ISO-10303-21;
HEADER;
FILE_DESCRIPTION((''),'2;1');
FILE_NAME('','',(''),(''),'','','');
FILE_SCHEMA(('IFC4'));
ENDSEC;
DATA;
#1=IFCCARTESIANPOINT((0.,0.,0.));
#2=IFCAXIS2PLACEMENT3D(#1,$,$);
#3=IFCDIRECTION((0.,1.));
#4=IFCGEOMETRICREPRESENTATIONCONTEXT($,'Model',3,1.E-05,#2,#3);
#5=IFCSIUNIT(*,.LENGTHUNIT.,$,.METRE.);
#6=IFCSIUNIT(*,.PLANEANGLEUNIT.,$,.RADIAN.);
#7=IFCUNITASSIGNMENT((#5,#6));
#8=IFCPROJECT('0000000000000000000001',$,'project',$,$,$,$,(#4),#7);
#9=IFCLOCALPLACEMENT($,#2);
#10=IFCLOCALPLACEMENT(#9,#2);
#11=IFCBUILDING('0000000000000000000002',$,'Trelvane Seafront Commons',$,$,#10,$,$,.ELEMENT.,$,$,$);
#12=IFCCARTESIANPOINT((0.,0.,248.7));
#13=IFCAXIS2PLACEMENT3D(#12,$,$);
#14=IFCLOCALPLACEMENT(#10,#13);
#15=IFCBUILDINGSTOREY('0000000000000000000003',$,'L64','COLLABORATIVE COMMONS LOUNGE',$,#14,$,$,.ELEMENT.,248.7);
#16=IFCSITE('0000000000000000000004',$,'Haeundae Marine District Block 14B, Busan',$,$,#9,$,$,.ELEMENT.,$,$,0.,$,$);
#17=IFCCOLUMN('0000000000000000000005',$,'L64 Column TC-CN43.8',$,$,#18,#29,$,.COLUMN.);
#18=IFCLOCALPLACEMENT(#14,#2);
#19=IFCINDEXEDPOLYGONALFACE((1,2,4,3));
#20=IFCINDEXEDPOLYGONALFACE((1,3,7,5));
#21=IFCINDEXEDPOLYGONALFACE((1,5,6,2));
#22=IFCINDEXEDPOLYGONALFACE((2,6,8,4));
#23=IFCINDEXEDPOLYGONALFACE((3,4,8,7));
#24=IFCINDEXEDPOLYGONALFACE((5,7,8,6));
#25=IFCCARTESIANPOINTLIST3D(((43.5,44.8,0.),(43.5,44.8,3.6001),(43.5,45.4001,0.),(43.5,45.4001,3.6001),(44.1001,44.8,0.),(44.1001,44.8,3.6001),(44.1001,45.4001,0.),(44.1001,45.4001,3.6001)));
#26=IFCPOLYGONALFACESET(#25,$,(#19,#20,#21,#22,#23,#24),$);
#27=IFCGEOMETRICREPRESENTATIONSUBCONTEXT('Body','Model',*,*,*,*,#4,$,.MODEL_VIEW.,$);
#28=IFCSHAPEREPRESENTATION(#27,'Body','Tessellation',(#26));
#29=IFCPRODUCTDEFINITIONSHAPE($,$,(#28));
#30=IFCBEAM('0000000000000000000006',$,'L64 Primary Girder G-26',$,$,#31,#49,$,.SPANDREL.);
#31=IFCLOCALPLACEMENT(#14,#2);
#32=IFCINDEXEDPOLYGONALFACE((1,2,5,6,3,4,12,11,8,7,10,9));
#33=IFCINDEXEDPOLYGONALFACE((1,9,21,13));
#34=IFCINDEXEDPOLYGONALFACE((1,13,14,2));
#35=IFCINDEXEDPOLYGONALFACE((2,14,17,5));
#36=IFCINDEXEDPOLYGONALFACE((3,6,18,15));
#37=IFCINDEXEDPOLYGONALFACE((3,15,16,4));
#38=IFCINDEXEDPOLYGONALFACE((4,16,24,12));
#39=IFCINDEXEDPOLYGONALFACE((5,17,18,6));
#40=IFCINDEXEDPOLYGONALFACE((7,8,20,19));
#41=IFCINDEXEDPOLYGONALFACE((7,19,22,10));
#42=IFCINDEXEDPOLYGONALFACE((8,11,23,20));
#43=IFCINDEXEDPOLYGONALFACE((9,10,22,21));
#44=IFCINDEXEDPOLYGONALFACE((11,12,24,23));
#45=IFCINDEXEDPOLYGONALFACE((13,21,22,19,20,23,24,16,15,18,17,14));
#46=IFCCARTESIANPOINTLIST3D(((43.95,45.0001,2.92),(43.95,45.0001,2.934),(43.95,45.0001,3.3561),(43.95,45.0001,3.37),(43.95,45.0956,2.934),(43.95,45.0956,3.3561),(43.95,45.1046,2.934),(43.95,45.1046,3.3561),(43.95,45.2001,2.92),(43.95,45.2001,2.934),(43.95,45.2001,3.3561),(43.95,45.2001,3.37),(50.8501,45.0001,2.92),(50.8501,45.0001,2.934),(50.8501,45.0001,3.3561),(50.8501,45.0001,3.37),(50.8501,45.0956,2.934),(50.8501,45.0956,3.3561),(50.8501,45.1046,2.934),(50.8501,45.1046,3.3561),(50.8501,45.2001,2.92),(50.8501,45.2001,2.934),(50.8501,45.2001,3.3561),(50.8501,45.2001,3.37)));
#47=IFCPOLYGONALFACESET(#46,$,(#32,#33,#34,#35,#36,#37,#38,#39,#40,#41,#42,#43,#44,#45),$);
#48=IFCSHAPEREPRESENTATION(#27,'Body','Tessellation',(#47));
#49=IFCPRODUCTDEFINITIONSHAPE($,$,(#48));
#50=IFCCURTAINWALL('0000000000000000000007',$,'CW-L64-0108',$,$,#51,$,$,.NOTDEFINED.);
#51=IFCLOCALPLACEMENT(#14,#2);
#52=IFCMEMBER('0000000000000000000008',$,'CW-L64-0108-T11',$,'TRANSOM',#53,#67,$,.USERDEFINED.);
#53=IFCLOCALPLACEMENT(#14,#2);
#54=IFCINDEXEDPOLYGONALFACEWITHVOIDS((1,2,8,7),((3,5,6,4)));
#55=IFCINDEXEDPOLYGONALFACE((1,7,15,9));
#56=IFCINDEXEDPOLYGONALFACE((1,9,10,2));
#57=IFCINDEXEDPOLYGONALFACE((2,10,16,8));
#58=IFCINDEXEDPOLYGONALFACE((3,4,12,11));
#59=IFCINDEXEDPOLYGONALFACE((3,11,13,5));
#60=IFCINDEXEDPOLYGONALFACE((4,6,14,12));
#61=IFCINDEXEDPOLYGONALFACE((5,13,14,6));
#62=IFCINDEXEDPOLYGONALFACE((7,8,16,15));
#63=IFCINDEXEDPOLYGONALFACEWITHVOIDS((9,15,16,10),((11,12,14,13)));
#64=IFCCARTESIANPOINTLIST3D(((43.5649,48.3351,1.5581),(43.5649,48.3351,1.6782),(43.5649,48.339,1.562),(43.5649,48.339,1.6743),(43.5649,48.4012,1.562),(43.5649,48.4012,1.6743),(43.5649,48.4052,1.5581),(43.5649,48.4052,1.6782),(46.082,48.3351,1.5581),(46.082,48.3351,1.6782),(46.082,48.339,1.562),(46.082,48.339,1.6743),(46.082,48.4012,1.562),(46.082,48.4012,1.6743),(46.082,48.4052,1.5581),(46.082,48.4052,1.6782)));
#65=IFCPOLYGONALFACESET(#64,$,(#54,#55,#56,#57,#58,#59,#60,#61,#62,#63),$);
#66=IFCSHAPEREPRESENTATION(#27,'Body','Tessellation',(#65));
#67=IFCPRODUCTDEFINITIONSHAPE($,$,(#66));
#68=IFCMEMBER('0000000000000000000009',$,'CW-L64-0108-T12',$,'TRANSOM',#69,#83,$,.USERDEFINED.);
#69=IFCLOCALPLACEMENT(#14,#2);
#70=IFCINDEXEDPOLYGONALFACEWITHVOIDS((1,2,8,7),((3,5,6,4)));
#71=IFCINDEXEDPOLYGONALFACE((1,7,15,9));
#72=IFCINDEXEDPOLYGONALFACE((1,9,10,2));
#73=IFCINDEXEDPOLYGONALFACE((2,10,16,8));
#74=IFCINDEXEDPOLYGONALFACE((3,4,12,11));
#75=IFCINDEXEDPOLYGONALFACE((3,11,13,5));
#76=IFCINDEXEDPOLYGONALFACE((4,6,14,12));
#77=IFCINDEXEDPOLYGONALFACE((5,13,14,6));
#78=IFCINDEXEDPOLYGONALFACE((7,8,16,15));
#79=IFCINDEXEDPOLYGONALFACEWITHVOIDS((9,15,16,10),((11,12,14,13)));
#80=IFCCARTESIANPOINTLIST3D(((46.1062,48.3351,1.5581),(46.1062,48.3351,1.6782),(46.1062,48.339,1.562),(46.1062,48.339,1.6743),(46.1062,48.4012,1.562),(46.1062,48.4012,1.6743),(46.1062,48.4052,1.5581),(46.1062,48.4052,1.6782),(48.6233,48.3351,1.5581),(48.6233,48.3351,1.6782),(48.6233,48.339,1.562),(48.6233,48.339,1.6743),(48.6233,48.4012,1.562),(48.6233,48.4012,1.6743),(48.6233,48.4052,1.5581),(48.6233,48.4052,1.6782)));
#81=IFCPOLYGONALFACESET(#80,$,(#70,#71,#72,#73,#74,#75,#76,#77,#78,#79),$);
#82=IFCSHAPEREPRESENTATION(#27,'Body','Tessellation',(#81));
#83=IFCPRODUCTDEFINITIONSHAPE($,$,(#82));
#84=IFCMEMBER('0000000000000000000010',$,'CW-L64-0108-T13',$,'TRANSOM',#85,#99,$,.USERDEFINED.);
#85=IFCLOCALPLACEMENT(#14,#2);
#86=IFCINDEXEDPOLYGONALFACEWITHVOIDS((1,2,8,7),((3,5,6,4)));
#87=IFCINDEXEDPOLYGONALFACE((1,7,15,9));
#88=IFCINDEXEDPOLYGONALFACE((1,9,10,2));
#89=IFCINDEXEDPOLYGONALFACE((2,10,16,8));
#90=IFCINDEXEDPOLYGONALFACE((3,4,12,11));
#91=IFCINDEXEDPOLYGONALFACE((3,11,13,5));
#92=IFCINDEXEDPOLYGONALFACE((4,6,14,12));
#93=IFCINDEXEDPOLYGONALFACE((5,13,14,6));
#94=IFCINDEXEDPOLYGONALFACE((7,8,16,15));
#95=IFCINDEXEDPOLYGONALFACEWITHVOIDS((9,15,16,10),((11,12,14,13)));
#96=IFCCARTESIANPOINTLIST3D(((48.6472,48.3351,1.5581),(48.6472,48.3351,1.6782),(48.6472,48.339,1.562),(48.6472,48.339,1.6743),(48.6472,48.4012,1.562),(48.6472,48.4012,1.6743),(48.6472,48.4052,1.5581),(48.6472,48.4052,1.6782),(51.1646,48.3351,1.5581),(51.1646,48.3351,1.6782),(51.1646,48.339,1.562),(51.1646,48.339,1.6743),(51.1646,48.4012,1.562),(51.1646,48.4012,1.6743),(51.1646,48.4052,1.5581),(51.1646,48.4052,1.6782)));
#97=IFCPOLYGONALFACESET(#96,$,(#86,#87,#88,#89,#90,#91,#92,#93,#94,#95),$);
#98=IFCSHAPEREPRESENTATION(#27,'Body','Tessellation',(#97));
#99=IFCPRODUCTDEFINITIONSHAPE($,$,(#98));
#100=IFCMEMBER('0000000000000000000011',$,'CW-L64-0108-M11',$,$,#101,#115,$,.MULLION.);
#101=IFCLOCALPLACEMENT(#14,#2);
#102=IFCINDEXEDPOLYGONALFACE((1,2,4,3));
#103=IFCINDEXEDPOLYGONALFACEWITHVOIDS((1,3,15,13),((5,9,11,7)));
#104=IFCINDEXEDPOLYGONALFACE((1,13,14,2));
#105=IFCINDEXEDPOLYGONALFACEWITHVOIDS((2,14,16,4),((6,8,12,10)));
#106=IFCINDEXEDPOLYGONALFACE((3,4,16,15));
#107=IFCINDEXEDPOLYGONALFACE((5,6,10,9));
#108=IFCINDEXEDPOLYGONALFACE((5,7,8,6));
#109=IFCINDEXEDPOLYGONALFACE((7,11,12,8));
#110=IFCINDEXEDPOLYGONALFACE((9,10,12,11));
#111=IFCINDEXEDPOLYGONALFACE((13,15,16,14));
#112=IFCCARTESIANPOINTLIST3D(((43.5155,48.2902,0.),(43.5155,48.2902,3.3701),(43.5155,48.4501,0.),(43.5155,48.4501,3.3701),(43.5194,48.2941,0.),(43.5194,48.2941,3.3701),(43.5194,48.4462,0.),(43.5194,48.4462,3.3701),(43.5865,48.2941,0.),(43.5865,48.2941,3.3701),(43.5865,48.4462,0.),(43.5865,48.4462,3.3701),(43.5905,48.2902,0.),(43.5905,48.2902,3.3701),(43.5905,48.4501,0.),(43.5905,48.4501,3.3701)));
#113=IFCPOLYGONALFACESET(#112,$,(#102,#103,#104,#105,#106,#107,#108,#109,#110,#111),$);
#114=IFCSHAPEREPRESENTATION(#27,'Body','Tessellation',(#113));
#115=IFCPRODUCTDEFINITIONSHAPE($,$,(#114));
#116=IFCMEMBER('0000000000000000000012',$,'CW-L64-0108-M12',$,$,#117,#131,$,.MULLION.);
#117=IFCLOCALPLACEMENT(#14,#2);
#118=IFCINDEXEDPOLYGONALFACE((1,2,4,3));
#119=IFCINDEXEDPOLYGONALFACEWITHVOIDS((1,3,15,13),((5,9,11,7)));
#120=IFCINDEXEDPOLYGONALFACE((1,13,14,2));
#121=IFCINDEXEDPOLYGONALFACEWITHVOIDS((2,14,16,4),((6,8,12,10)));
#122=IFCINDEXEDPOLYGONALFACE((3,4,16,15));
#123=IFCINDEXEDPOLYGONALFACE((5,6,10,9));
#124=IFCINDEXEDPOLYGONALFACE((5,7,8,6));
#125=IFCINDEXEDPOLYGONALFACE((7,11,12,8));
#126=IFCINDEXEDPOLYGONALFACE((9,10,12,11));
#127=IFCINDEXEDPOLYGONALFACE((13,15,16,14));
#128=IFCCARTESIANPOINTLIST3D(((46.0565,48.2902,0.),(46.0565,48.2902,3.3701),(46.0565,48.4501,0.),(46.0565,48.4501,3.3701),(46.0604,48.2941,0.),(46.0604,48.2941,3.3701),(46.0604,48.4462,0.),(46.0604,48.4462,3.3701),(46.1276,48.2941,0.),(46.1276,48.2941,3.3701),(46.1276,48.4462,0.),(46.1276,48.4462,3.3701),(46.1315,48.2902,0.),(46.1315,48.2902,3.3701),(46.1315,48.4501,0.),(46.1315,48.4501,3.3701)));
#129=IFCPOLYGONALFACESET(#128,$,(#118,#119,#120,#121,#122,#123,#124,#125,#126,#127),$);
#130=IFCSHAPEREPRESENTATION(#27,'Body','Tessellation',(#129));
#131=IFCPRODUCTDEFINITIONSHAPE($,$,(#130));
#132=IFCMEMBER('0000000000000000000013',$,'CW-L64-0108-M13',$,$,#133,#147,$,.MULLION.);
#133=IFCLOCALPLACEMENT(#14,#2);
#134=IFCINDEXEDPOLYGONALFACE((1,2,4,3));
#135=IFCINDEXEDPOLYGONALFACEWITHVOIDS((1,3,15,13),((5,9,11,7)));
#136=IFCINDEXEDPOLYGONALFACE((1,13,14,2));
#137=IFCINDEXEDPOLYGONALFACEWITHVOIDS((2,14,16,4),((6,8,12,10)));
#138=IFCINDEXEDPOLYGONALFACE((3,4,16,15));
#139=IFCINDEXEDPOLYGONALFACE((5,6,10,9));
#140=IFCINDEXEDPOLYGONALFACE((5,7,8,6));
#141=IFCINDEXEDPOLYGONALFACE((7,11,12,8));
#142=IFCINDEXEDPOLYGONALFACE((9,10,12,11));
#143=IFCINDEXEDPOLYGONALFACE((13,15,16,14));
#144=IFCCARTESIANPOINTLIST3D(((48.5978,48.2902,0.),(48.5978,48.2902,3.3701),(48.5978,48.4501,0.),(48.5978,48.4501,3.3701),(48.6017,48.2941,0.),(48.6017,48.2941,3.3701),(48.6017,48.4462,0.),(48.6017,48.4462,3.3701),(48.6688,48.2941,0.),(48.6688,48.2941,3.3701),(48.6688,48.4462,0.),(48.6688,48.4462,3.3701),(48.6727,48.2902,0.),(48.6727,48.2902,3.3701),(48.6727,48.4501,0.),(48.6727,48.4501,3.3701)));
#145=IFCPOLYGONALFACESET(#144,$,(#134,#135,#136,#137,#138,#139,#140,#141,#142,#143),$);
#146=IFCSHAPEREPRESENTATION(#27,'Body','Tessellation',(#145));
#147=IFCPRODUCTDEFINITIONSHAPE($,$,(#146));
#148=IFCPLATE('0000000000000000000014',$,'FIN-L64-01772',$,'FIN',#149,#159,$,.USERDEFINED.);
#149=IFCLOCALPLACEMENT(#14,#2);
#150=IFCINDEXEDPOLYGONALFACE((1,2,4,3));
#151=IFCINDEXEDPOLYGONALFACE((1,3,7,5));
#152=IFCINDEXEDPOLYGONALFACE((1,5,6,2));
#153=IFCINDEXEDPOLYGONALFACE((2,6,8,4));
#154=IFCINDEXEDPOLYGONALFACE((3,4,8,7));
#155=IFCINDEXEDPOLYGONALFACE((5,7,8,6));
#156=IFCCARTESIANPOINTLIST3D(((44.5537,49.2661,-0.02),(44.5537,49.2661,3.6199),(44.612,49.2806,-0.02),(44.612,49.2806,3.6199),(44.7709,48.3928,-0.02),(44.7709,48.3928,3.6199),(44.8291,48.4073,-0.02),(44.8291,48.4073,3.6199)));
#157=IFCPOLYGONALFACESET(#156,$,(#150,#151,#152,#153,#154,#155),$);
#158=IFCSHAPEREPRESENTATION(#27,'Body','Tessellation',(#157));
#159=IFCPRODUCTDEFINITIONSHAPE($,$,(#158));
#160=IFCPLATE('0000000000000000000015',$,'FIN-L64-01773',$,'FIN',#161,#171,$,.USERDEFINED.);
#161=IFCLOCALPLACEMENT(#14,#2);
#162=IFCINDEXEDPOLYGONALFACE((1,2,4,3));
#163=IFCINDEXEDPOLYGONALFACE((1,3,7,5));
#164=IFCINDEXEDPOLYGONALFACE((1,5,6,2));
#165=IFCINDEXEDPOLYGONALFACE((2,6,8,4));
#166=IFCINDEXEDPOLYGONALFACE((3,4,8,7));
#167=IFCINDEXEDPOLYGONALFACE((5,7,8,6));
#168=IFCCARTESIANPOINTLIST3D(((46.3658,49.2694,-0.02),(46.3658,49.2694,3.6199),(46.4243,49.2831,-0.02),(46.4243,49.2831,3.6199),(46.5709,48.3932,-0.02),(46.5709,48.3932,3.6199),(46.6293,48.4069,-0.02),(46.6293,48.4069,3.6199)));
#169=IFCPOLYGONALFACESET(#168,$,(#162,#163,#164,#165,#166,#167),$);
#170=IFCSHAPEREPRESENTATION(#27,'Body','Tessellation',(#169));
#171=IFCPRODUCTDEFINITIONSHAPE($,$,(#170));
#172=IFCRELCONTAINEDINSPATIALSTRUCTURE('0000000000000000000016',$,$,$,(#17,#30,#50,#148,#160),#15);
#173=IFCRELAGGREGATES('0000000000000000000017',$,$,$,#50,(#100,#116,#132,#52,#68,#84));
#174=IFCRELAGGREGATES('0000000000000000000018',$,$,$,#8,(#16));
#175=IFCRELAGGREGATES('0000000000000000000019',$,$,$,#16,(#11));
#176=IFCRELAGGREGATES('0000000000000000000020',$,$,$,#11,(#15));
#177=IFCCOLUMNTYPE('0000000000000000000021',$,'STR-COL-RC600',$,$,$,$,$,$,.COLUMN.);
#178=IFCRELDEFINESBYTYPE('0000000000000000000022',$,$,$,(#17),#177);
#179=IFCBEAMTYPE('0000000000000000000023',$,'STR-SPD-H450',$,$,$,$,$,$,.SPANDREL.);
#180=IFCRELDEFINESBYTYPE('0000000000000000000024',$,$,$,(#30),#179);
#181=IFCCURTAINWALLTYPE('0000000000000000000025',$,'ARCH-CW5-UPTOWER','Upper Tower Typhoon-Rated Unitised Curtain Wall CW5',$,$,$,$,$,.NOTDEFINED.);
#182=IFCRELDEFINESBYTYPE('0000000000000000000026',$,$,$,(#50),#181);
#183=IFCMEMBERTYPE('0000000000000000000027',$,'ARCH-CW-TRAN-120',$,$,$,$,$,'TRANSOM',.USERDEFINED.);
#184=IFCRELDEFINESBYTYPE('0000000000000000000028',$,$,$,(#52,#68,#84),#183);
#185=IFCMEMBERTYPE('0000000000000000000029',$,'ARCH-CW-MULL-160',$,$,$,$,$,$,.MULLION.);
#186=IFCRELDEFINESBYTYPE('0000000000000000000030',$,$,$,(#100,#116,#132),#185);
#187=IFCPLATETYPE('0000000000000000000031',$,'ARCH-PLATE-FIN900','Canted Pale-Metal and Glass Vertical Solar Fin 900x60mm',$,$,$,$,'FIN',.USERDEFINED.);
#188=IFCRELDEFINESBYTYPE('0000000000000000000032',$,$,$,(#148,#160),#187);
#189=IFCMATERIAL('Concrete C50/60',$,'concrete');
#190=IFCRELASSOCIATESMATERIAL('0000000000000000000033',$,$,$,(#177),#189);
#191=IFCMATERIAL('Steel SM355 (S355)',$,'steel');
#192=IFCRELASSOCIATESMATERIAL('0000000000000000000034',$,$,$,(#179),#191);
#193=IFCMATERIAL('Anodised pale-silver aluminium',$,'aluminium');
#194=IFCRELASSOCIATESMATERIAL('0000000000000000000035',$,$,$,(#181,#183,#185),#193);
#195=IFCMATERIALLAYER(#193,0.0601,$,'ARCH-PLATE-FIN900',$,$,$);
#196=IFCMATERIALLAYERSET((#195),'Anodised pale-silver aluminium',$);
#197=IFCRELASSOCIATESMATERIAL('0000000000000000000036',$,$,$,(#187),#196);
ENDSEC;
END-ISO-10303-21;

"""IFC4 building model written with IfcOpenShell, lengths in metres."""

from ifc_helpers import new_model, si_unit, direction, frame, origin, origin_2d, place, context, subcontext, project, spatial, rectangle, hollow_rectangle, i_section, extrude, source, transform, mapped, material, layer, layer_set, material_profile, profile_set, type_object, element, aggregate, save


model = new_model("IFC4")

# Units and contexts
model_context = context("Model", 3, precision=1e-05, world=origin(), true_north=direction((0.0, 1.0)))
body_context = subcontext(model_context, "Body", "Model", "MODEL_VIEW")
ifc_project = project(units=[si_unit("LENGTHUNIT", "METRE"), si_unit("PLANEANGLEUNIT", "RADIAN")], contexts=[model_context])

# Site, building, storey
site_placement = place(None, origin())
site = spatial("IfcSite", under=ifc_project, at=site_placement, Name="Haeundae Marine District Block 14B, Busan", CompositionType="ELEMENT", RefElevation=0.0)
building_placement = place(site_placement, origin())
building = spatial("IfcBuilding", under=site, at=building_placement, Name="Trelvane Seafront Commons", CompositionType="ELEMENT")
storey_placement = place(building_placement, frame((0.0, 0.0, 248.7)))
storey = spatial("IfcBuildingStorey", under=building, at=storey_placement, Name="L64", Description="COLLABORATIVE COMMONS LOUNGE", CompositionType="ELEMENT", Elevation=248.7)

# Column
ifc_material_1 = material(Name="Concrete C50/60", Category="concrete")
ifc_material_profile_1 = material_profile(ifc_material_1, rectangle(XDim=0.6001, YDim=0.6001, at=origin_2d()), Name="RC-600x600")
ifc_profile_set_1 = profile_set([ifc_material_profile_1], Name="Concrete C50/60")
column_type = type_object("IfcColumnType", Name="STR-COL-RC600", PredefinedType="COLUMN", material=ifc_profile_set_1)
shared_shape_1 = source(origin(), body_context, "Body", "SweptSolid", [
    extrude(rectangle(XDim=0.6001, YDim=0.6001, at=origin_2d()), origin(), (0.0, 0.0, 1.0), 3.6001),
])
column_placement = place(storey_placement, frame((43.8, 45.1001, 0.0), z_axis=(0.0, 0.0, 1.0), x_axis=(1.0, 0.0, 0.0)))
element("IfcColumn", 1, at=column_placement, inside=storey, type_object=column_type, Name="L64 Column TC-CN43.8", PredefinedType="COLUMN", context=body_context, shape_type="MappedRepresentation", body=[
    mapped(shared_shape_1, transform((0.0, 0.0, 0.0), x_axis=(1.0, 0.0, 0.0), y_axis=(0.0, 1.0, 0.0), z_axis=(0.0, 0.0, 1.0), scale=1.0)),
])

# Beam
ifc_material_2 = material(Name="Steel SM355 (S355)", Category="steel")
ifc_material_profile_2 = material_profile(ifc_material_2, i_section(OverallWidth=0.2, OverallDepth=0.45, WebThickness=0.009, FlangeThickness=0.0139, at=origin_2d()), Name="H-450x200x9x14")
ifc_profile_set_2 = profile_set([ifc_material_profile_2], Name="Steel SM355 (S355)")
beam_type = type_object("IfcBeamType", Name="STR-SPD-H450", PredefinedType="SPANDREL", material=ifc_profile_set_2)
shared_shape_2 = source(origin(), body_context, "Body", "SweptSolid", [
    extrude(i_section(OverallWidth=0.2, OverallDepth=0.45, WebThickness=0.009, FlangeThickness=0.0139, at=origin_2d()), origin(), (0.0, 0.0, 1.0), 6.9001),
])
beam_placement = place(storey_placement, frame((43.95, 45.1001, 3.145), z_axis=(1.0, 0.0, 0.0), x_axis=(0.0, 1.0, 0.0)))
element("IfcBeam", 2, at=beam_placement, inside=storey, type_object=beam_type, Name="L64 Primary Girder G-26", PredefinedType="SPANDREL", context=body_context, shape_type="MappedRepresentation", body=[
    mapped(shared_shape_2, transform((0.0, 0.0, 0.0), x_axis=(1.0, 0.0, 0.0), y_axis=(0.0, 1.0, 0.0), z_axis=(0.0, 0.0, 1.0), scale=1.0)),
])

# Curtain wall, members
ifc_material_3 = material(Name="Anodised pale-silver aluminium", Category="aluminium")
curtain_wall_type = type_object("IfcCurtainWallType", Name="ARCH-CW5-UPTOWER", Description="Upper Tower Typhoon-Rated Unitised Curtain Wall CW5", PredefinedType="NOTDEFINED", material=ifc_material_3)
curtain_wall_placement = place(storey_placement, origin())
curtain_wall = element("IfcCurtainWall", 3, at=curtain_wall_placement, inside=storey, type_object=curtain_wall_type, Name="CW-L64-0108", PredefinedType="NOTDEFINED")
ifc_material_profile_3 = material_profile(ifc_material_3, hollow_rectangle(XDim=0.0701, YDim=0.1201, WallThickness=0.0039, at=origin_2d()), Name="TRAN-70x120x4")
ifc_profile_set_3 = profile_set([ifc_material_profile_3], Name="Anodised pale-silver aluminium")
member_type_1 = type_object("IfcMemberType", Name="ARCH-CW-TRAN-120", ElementType="TRANSOM", PredefinedType="USERDEFINED", material=ifc_profile_set_3)
shared_shape_3 = source(origin(), body_context, "Body", "SweptSolid", [
    extrude(hollow_rectangle(XDim=0.0701, YDim=0.1201, WallThickness=0.0039, at=origin_2d()), origin(), (0.0, 0.0, 1.0), 2.5171),
])
member_1_placement = place(storey_placement, frame((43.5649, 48.3701, 1.6182), z_axis=(1.0, 0.0, 0.0), x_axis=(0.0, 1.0, 0.0)))
member_1 = element("IfcMember", 4, at=member_1_placement, type_object=member_type_1, Name="CW-L64-0108-T11", ObjectType="TRANSOM", PredefinedType="USERDEFINED", context=body_context, shape_type="MappedRepresentation", body=[
    mapped(shared_shape_3, transform((0.0, 0.0, 0.0), x_axis=(1.0, 0.0, 0.0), y_axis=(0.0, 1.0, 0.0), z_axis=(0.0, 0.0, 1.0), scale=1.0)),
])
member_2_placement = place(storey_placement, frame((46.1062, 48.3701, 1.6182), z_axis=(1.0, 0.0, 0.0), x_axis=(0.0, 1.0, 0.0)))
member_2 = element("IfcMember", 5, at=member_2_placement, type_object=member_type_1, Name="CW-L64-0108-T12", ObjectType="TRANSOM", PredefinedType="USERDEFINED", context=body_context, shape_type="MappedRepresentation", body=[
    mapped(shared_shape_3, transform((0.0, 0.0, 0.0), x_axis=(1.0, 0.0, 0.0), y_axis=(0.0, 1.0, 0.0), z_axis=(0.0, 0.0, 1.0), scale=1.0)),
])
shared_shape_4 = source(origin(), body_context, "Body", "SweptSolid", [
    extrude(hollow_rectangle(XDim=0.0701, YDim=0.1201, WallThickness=0.0039, at=origin_2d()), origin(), (0.0, 0.0, 1.0), 2.5173),
])
member_3_placement = place(storey_placement, frame((48.6472, 48.3701, 1.6182), z_axis=(1.0, 0.0, 0.0), x_axis=(0.0, 1.0, 0.0)))
member_3 = element("IfcMember", 6, at=member_3_placement, type_object=member_type_1, Name="CW-L64-0108-T13", ObjectType="TRANSOM", PredefinedType="USERDEFINED", context=body_context, shape_type="MappedRepresentation", body=[
    mapped(shared_shape_4, transform((0.0, 0.0, 0.0), x_axis=(1.0, 0.0, 0.0), y_axis=(0.0, 1.0, 0.0), z_axis=(0.0, 0.0, 1.0), scale=1.0)),
])
ifc_material_profile_4 = material_profile(ifc_material_3, hollow_rectangle(XDim=0.075, YDim=0.1599, WallThickness=0.0039, at=origin_2d()), Name="MULL-75x160x4")
ifc_profile_set_4 = profile_set([ifc_material_profile_4], Name="Anodised pale-silver aluminium")
member_type_2 = type_object("IfcMemberType", Name="ARCH-CW-MULL-160", PredefinedType="MULLION", material=ifc_profile_set_4)
shared_shape_5 = source(origin(), body_context, "Body", "SweptSolid", [
    extrude(hollow_rectangle(XDim=0.075, YDim=0.1599, WallThickness=0.0039, at=origin_2d()), origin(), (0.0, 0.0, 1.0), 3.3701),
])
member_4_placement = place(storey_placement, frame((43.553, 48.3701, 0.0), z_axis=(0.0, 0.0, 1.0), x_axis=(1.0, 0.0, 0.0)))
member_4 = element("IfcMember", 7, at=member_4_placement, type_object=member_type_2, Name="CW-L64-0108-M11", PredefinedType="MULLION", context=body_context, shape_type="MappedRepresentation", body=[
    mapped(shared_shape_5, transform((0.0, 0.0, 0.0), x_axis=(1.0, 0.0, 0.0), y_axis=(0.0, 1.0, 0.0), z_axis=(0.0, 0.0, 1.0), scale=1.0)),
])
member_5_placement = place(storey_placement, frame((46.094, 48.3701, 0.0), z_axis=(0.0, 0.0, 1.0), x_axis=(1.0, 0.0, 0.0)))
member_5 = element("IfcMember", 8, at=member_5_placement, type_object=member_type_2, Name="CW-L64-0108-M12", PredefinedType="MULLION", context=body_context, shape_type="MappedRepresentation", body=[
    mapped(shared_shape_5, transform((0.0, 0.0, 0.0), x_axis=(1.0, 0.0, 0.0), y_axis=(0.0, 1.0, 0.0), z_axis=(0.0, 0.0, 1.0), scale=1.0)),
])
member_6_placement = place(storey_placement, frame((48.6353, 48.3701, 0.0), z_axis=(0.0, 0.0, 1.0), x_axis=(1.0, 0.0, 0.0)))
member_6 = element("IfcMember", 9, at=member_6_placement, type_object=member_type_2, Name="CW-L64-0108-M13", PredefinedType="MULLION", context=body_context, shape_type="MappedRepresentation", body=[
    mapped(shared_shape_5, transform((0.0, 0.0, 0.0), x_axis=(1.0, 0.0, 0.0), y_axis=(0.0, 1.0, 0.0), z_axis=(0.0, 0.0, 1.0), scale=1.0)),
])

# Plates
ifc_layer_1 = layer(ifc_material_3, 0.0601, Name="ARCH-PLATE-FIN900")
ifc_layer_set_1 = layer_set([ifc_layer_1], Name="Anodised pale-silver aluminium")
plate_type_1 = type_object("IfcPlateType", Name="ARCH-PLATE-FIN900", Description="Canted Pale-Metal and Glass Vertical Solar Fin 900x60mm", ElementType="FIN", PredefinedType="USERDEFINED", material=ifc_layer_set_1)
shared_shape_6 = source(origin(), body_context, "Body", "SweptSolid", [
    extrude(rectangle(XDim=0.8999, YDim=0.0601, at=origin_2d()), origin(), (0.0, 0.0, 1.0), 3.6399),
])
for number, where, z_axis, x_axis, name in (
    (10, (44.6914, 48.8367, -0.02), (0.0, 0.0, 1.0), (-0.241333, 0.970442, 0.0), "FIN-L64-01772"),
    (11, (46.4976, 48.8381, -0.02), (0.0, 0.0, 1.0), (-0.227894, 0.973686, 0.0), "FIN-L64-01773"),
):
    element("IfcPlate", number, at=place(storey_placement, frame(where, z_axis=z_axis, x_axis=x_axis)), inside=storey, type_object=plate_type_1, Name=name, ObjectType="FIN", PredefinedType="USERDEFINED", context=body_context, shape_type="MappedRepresentation", body=[
        mapped(shared_shape_6, transform((0.0, 0.0, 0.0), x_axis=(1.0, 0.0, 0.0), y_axis=(0.0, 1.0, 0.0), z_axis=(0.0, 0.0, 1.0), scale=1.0)),
    ])

aggregate(curtain_wall, [member_4, member_5, member_6, member_1, member_2, member_3])

save(model, "model.ifc")
